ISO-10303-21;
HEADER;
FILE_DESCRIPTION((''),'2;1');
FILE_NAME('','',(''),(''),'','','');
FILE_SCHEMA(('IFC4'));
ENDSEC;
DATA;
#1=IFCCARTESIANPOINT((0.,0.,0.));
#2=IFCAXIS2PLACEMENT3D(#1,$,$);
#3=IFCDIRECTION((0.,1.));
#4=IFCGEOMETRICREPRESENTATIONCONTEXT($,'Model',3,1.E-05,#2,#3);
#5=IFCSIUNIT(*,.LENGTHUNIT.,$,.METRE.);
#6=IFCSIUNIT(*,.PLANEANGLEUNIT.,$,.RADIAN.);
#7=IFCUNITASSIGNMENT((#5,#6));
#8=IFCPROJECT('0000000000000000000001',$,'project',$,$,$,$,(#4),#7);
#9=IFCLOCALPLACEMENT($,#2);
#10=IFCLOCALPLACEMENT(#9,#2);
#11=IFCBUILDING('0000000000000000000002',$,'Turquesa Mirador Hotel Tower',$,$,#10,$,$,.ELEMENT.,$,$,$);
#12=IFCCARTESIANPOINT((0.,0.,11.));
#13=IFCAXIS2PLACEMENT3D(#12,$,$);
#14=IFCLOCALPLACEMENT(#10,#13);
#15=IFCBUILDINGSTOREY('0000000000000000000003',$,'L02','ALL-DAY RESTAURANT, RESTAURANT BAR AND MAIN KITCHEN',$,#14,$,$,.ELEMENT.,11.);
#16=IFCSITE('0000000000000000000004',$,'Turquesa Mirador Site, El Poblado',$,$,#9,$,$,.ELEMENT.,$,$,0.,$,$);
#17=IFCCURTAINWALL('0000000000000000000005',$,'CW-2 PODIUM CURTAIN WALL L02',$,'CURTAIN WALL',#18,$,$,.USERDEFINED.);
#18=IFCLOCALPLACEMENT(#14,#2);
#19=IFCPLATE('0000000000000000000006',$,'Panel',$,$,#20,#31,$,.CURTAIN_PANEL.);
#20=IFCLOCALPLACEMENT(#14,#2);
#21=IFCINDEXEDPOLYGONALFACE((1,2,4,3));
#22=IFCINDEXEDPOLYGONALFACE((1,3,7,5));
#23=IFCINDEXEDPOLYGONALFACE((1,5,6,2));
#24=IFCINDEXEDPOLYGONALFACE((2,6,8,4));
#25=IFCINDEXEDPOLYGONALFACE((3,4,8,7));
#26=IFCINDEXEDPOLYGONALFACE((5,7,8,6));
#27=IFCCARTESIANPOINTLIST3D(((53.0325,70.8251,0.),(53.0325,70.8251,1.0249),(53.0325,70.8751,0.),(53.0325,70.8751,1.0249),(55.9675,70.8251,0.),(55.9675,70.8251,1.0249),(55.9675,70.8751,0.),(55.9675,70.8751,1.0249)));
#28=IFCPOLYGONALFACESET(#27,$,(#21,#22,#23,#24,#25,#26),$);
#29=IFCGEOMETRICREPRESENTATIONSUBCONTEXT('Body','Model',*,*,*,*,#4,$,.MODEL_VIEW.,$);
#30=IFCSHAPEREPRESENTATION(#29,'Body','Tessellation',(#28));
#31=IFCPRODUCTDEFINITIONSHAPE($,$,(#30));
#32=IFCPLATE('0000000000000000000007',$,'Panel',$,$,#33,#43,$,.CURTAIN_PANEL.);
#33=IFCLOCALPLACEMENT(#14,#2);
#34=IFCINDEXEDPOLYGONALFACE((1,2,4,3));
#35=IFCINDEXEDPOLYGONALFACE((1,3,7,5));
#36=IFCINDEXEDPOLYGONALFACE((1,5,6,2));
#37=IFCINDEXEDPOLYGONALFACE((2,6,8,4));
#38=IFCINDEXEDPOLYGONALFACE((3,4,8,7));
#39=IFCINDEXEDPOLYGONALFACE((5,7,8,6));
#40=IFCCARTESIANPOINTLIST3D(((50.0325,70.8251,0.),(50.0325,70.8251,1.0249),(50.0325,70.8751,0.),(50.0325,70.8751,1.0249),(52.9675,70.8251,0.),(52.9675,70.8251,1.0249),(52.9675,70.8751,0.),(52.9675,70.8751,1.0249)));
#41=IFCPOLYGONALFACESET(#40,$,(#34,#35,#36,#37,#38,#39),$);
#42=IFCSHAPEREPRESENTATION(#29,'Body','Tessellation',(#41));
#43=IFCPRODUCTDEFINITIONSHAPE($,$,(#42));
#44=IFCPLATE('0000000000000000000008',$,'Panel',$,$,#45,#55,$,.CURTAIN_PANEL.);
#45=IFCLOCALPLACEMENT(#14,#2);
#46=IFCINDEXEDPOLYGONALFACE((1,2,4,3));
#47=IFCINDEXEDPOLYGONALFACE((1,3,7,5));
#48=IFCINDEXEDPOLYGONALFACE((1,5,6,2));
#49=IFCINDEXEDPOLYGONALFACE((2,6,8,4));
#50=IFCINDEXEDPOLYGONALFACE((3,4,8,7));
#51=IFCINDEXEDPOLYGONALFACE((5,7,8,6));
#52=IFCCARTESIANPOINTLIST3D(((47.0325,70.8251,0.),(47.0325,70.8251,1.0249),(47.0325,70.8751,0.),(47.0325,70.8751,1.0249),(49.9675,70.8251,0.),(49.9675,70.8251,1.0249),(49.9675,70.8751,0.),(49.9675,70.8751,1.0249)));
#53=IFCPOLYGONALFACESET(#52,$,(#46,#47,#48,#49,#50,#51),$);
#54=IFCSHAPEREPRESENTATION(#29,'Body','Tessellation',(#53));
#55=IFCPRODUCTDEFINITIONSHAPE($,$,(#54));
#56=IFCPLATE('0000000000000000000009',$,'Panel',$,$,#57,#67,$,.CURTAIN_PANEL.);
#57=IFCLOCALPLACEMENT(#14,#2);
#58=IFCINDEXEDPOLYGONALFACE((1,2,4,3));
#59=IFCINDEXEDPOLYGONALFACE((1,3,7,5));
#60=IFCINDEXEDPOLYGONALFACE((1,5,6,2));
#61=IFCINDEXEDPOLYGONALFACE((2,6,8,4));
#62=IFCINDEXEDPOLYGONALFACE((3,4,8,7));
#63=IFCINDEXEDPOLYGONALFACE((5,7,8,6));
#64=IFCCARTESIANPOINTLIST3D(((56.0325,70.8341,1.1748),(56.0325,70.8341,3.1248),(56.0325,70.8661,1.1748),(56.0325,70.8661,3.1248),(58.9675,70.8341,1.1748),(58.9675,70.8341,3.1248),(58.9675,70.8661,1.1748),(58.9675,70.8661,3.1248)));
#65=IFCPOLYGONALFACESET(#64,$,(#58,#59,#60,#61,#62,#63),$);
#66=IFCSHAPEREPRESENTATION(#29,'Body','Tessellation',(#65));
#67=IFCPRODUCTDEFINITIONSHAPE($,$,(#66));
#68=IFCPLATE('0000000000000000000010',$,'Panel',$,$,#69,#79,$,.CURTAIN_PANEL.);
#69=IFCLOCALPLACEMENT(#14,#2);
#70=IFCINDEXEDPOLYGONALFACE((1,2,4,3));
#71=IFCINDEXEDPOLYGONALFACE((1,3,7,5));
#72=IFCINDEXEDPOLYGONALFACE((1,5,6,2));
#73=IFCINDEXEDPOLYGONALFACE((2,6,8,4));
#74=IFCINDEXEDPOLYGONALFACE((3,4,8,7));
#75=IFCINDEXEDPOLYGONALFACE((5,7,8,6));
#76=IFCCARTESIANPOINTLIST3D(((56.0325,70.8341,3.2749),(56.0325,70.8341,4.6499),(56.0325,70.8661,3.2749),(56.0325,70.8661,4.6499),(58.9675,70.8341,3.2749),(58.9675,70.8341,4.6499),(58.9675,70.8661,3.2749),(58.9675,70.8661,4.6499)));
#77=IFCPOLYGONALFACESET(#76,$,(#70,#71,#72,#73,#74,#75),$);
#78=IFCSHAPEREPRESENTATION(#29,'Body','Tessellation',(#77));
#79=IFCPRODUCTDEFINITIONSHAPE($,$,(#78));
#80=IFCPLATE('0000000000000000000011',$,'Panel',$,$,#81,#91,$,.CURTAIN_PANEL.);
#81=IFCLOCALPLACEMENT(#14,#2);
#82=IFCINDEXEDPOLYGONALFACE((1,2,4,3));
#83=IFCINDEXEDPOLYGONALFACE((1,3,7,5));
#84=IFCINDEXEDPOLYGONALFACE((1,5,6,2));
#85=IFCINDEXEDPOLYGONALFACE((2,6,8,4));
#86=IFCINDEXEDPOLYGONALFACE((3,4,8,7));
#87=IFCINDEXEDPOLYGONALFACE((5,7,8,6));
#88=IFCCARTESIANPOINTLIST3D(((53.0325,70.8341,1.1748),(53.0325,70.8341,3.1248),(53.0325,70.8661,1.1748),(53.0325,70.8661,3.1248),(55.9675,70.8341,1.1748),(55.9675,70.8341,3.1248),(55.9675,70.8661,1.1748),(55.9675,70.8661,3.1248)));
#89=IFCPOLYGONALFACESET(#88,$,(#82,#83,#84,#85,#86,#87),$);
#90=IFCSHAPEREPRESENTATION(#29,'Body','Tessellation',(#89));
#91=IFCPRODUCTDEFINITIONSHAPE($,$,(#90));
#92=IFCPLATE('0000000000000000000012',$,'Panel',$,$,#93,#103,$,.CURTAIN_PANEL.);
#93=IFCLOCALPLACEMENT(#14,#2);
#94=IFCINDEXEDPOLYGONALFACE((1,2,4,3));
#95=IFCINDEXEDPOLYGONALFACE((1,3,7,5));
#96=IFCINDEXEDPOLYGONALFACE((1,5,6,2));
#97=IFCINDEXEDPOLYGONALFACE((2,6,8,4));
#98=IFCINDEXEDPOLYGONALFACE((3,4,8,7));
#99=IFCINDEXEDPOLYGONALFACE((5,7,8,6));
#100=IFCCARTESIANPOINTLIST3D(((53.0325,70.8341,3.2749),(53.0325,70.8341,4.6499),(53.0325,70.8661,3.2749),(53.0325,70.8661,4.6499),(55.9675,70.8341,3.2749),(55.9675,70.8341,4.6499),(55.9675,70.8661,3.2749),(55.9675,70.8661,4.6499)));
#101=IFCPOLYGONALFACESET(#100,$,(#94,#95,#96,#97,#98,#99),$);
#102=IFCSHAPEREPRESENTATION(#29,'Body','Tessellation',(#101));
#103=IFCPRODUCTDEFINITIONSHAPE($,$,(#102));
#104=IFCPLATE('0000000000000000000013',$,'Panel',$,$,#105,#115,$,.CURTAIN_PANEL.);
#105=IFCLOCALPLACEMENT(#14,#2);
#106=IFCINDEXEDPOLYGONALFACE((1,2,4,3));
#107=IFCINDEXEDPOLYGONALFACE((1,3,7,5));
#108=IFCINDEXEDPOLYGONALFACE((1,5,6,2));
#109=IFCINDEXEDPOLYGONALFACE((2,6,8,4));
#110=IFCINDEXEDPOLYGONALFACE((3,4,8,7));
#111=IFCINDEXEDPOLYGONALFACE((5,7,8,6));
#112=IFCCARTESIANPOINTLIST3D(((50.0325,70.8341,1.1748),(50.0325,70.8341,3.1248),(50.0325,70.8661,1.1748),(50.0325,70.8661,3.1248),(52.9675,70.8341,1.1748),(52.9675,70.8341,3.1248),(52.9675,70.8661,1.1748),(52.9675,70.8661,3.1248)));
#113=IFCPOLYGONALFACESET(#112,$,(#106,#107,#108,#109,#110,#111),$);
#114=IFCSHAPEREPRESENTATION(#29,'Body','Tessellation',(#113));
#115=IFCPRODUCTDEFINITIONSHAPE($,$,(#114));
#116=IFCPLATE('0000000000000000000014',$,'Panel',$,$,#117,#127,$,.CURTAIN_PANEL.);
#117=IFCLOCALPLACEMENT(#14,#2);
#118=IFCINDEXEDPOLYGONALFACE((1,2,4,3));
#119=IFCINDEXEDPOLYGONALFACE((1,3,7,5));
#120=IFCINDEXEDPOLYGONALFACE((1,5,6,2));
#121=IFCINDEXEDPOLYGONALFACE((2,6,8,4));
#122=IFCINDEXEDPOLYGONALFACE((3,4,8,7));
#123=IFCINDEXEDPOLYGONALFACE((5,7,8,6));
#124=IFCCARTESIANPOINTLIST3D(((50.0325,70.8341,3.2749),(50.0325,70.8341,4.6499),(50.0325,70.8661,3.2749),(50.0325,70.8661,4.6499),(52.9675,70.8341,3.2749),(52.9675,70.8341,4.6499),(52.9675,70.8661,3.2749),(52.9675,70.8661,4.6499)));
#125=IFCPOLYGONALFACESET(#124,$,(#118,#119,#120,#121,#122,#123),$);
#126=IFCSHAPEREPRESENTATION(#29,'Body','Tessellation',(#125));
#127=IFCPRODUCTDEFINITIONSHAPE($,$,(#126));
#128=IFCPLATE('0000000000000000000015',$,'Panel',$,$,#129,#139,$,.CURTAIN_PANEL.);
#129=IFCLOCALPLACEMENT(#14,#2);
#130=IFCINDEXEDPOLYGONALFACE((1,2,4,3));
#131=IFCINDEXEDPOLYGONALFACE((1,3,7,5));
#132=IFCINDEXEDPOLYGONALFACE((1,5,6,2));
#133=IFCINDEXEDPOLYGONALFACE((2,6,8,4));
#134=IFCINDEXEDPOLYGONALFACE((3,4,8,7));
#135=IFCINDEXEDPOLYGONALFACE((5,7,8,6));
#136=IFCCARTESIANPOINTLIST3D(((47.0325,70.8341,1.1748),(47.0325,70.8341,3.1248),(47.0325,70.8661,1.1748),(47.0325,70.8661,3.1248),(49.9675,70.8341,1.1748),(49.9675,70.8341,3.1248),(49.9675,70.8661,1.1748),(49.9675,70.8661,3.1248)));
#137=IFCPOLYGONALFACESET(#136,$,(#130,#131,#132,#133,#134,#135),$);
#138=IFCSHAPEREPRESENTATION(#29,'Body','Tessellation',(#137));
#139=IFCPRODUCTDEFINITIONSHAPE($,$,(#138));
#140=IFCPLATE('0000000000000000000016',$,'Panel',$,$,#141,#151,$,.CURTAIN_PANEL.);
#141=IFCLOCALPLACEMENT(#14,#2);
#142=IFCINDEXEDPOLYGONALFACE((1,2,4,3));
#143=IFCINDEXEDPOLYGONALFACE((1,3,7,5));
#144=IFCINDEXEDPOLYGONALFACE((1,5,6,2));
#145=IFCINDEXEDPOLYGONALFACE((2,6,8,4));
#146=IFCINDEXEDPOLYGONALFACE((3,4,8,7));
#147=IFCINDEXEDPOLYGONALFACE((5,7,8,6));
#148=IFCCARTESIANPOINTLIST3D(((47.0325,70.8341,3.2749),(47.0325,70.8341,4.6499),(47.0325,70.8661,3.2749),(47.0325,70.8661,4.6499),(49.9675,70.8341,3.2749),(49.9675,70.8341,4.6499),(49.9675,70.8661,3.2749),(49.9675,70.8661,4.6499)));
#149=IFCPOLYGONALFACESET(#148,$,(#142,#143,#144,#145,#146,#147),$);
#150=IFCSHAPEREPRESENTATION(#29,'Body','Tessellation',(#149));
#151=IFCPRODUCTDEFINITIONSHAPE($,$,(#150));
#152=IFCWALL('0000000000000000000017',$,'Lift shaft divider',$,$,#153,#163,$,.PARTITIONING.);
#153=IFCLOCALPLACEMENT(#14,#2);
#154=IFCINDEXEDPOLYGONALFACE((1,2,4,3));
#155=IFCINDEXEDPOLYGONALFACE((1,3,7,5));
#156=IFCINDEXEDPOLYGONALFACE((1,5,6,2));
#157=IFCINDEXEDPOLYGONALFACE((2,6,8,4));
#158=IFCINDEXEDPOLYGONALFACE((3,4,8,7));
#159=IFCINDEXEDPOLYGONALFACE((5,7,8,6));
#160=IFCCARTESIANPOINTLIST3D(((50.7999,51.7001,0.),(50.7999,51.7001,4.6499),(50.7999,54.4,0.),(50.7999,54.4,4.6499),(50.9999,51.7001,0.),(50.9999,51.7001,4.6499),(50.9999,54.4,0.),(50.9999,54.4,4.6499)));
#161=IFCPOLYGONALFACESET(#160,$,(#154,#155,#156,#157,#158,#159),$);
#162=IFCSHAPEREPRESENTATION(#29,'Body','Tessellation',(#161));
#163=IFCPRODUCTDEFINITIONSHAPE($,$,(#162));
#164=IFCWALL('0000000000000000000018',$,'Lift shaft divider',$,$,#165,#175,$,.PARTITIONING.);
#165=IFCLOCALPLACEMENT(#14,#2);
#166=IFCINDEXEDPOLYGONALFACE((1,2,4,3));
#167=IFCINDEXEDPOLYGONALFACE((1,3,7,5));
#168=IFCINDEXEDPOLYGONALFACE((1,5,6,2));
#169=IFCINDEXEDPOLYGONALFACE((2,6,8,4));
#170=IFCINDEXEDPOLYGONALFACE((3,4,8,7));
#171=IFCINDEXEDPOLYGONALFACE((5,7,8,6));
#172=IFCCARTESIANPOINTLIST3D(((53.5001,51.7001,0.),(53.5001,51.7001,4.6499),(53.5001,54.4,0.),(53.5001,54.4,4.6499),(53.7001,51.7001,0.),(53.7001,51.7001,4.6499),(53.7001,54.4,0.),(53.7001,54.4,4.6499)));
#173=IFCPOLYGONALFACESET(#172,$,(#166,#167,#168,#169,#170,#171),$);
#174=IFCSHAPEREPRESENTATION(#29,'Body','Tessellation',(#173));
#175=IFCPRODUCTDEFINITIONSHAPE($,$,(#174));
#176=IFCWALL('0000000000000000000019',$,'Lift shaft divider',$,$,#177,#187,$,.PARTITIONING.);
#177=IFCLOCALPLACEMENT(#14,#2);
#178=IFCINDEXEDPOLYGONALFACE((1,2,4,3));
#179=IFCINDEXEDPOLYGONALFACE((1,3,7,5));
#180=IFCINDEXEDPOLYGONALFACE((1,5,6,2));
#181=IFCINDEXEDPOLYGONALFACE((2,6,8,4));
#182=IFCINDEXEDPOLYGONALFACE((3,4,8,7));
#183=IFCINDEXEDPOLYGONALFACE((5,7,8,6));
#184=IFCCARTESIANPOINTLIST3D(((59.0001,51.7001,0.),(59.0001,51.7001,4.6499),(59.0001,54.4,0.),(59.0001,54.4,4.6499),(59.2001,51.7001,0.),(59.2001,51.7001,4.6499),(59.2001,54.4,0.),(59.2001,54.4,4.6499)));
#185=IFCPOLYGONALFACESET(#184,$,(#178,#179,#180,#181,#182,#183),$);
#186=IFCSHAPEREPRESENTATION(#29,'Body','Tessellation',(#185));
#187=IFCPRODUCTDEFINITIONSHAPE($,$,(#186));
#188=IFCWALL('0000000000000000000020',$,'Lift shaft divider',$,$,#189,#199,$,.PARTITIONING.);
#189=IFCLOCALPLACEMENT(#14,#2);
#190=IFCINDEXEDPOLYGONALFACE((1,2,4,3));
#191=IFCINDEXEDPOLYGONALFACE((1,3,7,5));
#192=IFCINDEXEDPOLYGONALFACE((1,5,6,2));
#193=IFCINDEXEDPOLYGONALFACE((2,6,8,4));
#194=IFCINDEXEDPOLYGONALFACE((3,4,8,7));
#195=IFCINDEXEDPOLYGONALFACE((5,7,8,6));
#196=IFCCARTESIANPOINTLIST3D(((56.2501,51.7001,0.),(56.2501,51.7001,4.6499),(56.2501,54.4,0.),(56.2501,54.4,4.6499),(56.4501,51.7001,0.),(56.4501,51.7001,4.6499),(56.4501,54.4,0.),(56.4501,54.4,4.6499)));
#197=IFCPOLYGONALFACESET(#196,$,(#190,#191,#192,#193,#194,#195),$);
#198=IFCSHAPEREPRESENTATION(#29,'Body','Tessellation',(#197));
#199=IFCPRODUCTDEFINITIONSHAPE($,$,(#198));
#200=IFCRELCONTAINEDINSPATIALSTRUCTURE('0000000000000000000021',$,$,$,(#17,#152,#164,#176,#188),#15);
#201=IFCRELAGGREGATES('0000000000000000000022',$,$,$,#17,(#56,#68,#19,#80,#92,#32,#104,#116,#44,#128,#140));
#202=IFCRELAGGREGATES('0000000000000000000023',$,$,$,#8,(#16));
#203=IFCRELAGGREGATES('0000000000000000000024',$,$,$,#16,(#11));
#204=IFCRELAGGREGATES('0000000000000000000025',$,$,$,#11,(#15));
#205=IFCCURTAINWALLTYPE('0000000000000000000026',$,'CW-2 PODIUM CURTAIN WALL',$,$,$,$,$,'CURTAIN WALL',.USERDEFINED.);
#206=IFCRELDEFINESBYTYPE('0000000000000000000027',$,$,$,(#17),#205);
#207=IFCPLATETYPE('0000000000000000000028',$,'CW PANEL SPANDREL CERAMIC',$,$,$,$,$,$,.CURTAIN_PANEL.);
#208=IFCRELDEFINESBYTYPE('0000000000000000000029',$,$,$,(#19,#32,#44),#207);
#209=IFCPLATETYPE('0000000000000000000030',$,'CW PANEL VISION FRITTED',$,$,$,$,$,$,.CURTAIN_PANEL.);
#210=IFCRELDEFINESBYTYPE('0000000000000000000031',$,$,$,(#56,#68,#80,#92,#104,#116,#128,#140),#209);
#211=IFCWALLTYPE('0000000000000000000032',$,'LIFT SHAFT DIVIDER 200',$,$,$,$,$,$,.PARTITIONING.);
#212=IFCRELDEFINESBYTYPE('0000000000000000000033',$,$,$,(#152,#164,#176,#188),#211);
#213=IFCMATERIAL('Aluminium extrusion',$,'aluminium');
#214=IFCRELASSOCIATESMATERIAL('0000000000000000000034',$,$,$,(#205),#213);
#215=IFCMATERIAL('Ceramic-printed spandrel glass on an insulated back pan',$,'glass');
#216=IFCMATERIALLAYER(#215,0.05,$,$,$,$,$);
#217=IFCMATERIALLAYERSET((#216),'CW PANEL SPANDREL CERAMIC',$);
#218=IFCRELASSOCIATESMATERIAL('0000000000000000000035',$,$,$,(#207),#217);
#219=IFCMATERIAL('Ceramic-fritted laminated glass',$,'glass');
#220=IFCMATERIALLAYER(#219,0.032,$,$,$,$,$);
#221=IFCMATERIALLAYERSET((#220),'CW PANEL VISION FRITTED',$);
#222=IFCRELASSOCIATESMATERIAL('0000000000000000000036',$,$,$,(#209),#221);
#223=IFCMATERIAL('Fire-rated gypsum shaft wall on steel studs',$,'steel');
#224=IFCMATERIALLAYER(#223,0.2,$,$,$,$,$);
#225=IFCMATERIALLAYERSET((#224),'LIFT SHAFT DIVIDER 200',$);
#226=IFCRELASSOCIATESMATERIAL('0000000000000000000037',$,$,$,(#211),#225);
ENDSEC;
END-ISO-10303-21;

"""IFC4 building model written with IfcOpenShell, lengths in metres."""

from ifc_helpers import new_model, si_unit, direction, frame, frame_2d, origin, origin_2d, place, context, subcontext, project, spatial, rectangle, extrude, material, layer, layer_set, type_object, element, aggregate, save


model = new_model("IFC4")

# Units and contexts
model_context = context("Model", 3, precision=1e-05, world=origin(), true_north=direction((0.0, 1.0)))
body_context = subcontext(model_context, "Body", "Model", "MODEL_VIEW")
ifc_project = project(units=[si_unit("LENGTHUNIT", "METRE"), si_unit("PLANEANGLEUNIT", "RADIAN")], contexts=[model_context])

# Site, building, storey
site_placement = place(None, origin())
site = spatial("IfcSite", under=ifc_project, at=site_placement, Name="Turquesa Mirador Site, El Poblado", CompositionType="ELEMENT", RefElevation=0.0)
building_placement = place(site_placement, origin())
building = spatial("IfcBuilding", under=site, at=building_placement, Name="Turquesa Mirador Hotel Tower", CompositionType="ELEMENT")
storey_placement = place(building_placement, frame((0.0, 0.0, 11.0)))
storey = spatial("IfcBuildingStorey", under=building, at=storey_placement, Name="L02", Description="ALL-DAY RESTAURANT, RESTAURANT BAR AND MAIN KITCHEN", CompositionType="ELEMENT", Elevation=11.0)

# Curtain wall, plates
ifc_material_1 = material(Name="Aluminium extrusion", Category="aluminium")
curtain_wall_type = type_object("IfcCurtainWallType", Name="CW-2 PODIUM CURTAIN WALL", ElementType="CURTAIN WALL", PredefinedType="USERDEFINED", material=ifc_material_1)
curtain_wall_placement = place(storey_placement, origin())
curtain_wall = element("IfcCurtainWall", 1, at=curtain_wall_placement, inside=storey, type_object=curtain_wall_type, Name="CW-2 PODIUM CURTAIN WALL L02", ObjectType="CURTAIN WALL", PredefinedType="USERDEFINED")
ifc_material_2 = material(Name="Ceramic-printed spandrel glass on an insulated back pan", Category="glass")
ifc_layer_1 = layer(ifc_material_2, 0.05)
ifc_layer_set_1 = layer_set([ifc_layer_1], Name="CW PANEL SPANDREL CERAMIC")
plate_type_1 = type_object("IfcPlateType", Name="CW PANEL SPANDREL CERAMIC", PredefinedType="CURTAIN_PANEL", material=ifc_layer_set_1)
plate_1_placement = place(storey_placement, frame((54.5, 70.8501, 0.0), z_axis=(0.0, 0.0, 1.0), x_axis=(-1.0, 0.0, 0.0)))
plate_1 = element("IfcPlate", 2, at=plate_1_placement, type_object=plate_type_1, Name="Panel", PredefinedType="CURTAIN_PANEL", context=body_context, shape_type="SweptSolid", body=[
    extrude(rectangle(XDim=2.9351, YDim=0.05, at=origin_2d()), origin(), (0.0, 0.0, 1.0), 1.0249),
])
plate_2_placement = place(storey_placement, frame((51.5, 70.8501, 0.0), z_axis=(0.0, 0.0, 1.0), x_axis=(-1.0, 0.0, 0.0)))
plate_2 = element("IfcPlate", 3, at=plate_2_placement, type_object=plate_type_1, Name="Panel", PredefinedType="CURTAIN_PANEL", context=body_context, shape_type="SweptSolid", body=[
    extrude(rectangle(XDim=2.9351, YDim=0.05, at=origin_2d()), origin(), (0.0, 0.0, 1.0), 1.0249),
])
plate_3_placement = place(storey_placement, frame((48.5, 70.8501, 0.0), z_axis=(0.0, 0.0, 1.0), x_axis=(-1.0, 0.0, 0.0)))
plate_3 = element("IfcPlate", 4, at=plate_3_placement, type_object=plate_type_1, Name="Panel", PredefinedType="CURTAIN_PANEL", context=body_context, shape_type="SweptSolid", body=[
    extrude(rectangle(XDim=2.9351, YDim=0.05, at=origin_2d()), origin(), (0.0, 0.0, 1.0), 1.0249),
])
ifc_material_3 = material(Name="Ceramic-fritted laminated glass", Category="glass")
ifc_layer_2 = layer(ifc_material_3, 0.032)
ifc_layer_set_2 = layer_set([ifc_layer_2], Name="CW PANEL VISION FRITTED")
plate_type_2 = type_object("IfcPlateType", Name="CW PANEL VISION FRITTED", PredefinedType="CURTAIN_PANEL", material=ifc_layer_set_2)
plate_4_placement = place(storey_placement, frame((57.5, 70.8501, 1.1748), z_axis=(0.0, 0.0, 1.0), x_axis=(-1.0, 0.0, 0.0)))
plate_4 = element("IfcPlate", 5, at=plate_4_placement, type_object=plate_type_2, Name="Panel", PredefinedType="CURTAIN_PANEL", context=body_context, shape_type="SweptSolid", body=[
    extrude(rectangle(XDim=2.9351, YDim=0.032, at=origin_2d()), origin(), (0.0, 0.0, 1.0), 1.95),
])
plate_5_placement = place(storey_placement, frame((57.5, 70.8501, 3.2749), z_axis=(0.0, 0.0, 1.0), x_axis=(-1.0, 0.0, 0.0)))
plate_5 = element("IfcPlate", 6, at=plate_5_placement, type_object=plate_type_2, Name="Panel", PredefinedType="CURTAIN_PANEL", context=body_context, shape_type="SweptSolid", body=[
    extrude(rectangle(XDim=2.9351, YDim=0.032, at=origin_2d()), origin(), (0.0, 0.0, 1.0), 1.375),
])
plate_6_placement = place(storey_placement, frame((54.5, 70.8501, 1.1748), z_axis=(0.0, 0.0, 1.0), x_axis=(-1.0, 0.0, 0.0)))
plate_6 = element("IfcPlate", 7, at=plate_6_placement, type_object=plate_type_2, Name="Panel", PredefinedType="CURTAIN_PANEL", context=body_context, shape_type="SweptSolid", body=[
    extrude(rectangle(XDim=2.9351, YDim=0.032, at=origin_2d()), origin(), (0.0, 0.0, 1.0), 1.95),
])
plate_7_placement = place(storey_placement, frame((54.5, 70.8501, 3.2749), z_axis=(0.0, 0.0, 1.0), x_axis=(-1.0, 0.0, 0.0)))
plate_7 = element("IfcPlate", 8, at=plate_7_placement, type_object=plate_type_2, Name="Panel", PredefinedType="CURTAIN_PANEL", context=body_context, shape_type="SweptSolid", body=[
    extrude(rectangle(XDim=2.9351, YDim=0.032, at=origin_2d()), origin(), (0.0, 0.0, 1.0), 1.375),
])
plate_8_placement = place(storey_placement, frame((51.5, 70.8501, 1.1748), z_axis=(0.0, 0.0, 1.0), x_axis=(-1.0, 0.0, 0.0)))
plate_8 = element("IfcPlate", 9, at=plate_8_placement, type_object=plate_type_2, Name="Panel", PredefinedType="CURTAIN_PANEL", context=body_context, shape_type="SweptSolid", body=[
    extrude(rectangle(XDim=2.9351, YDim=0.032, at=origin_2d()), origin(), (0.0, 0.0, 1.0), 1.95),
])
plate_9_placement = place(storey_placement, frame((51.5, 70.8501, 3.2749), z_axis=(0.0, 0.0, 1.0), x_axis=(-1.0, 0.0, 0.0)))
plate_9 = element("IfcPlate", 10, at=plate_9_placement, type_object=plate_type_2, Name="Panel", PredefinedType="CURTAIN_PANEL", context=body_context, shape_type="SweptSolid", body=[
    extrude(rectangle(XDim=2.9351, YDim=0.032, at=origin_2d()), origin(), (0.0, 0.0, 1.0), 1.375),
])
plate_10_placement = place(storey_placement, frame((48.5, 70.8501, 1.1748), z_axis=(0.0, 0.0, 1.0), x_axis=(-1.0, 0.0, 0.0)))
plate_10 = element("IfcPlate", 11, at=plate_10_placement, type_object=plate_type_2, Name="Panel", PredefinedType="CURTAIN_PANEL", context=body_context, shape_type="SweptSolid", body=[
    extrude(rectangle(XDim=2.9351, YDim=0.032, at=origin_2d()), origin(), (0.0, 0.0, 1.0), 1.95),
])
plate_11_placement = place(storey_placement, frame((48.5, 70.8501, 3.2749), z_axis=(0.0, 0.0, 1.0), x_axis=(-1.0, 0.0, 0.0)))
plate_11 = element("IfcPlate", 12, at=plate_11_placement, type_object=plate_type_2, Name="Panel", PredefinedType="CURTAIN_PANEL", context=body_context, shape_type="SweptSolid", body=[
    extrude(rectangle(XDim=2.9351, YDim=0.032, at=origin_2d()), origin(), (0.0, 0.0, 1.0), 1.375),
])
aggregate(curtain_wall, [plate_4, plate_5, plate_1, plate_6, plate_7, plate_2, plate_8, plate_9, plate_3, plate_10, plate_11])

# Walls
ifc_material_4 = material(Name="Fire-rated gypsum shaft wall on steel studs", Category="steel")
ifc_layer_3 = layer(ifc_material_4, 0.2)
ifc_layer_set_3 = layer_set([ifc_layer_3], Name="LIFT SHAFT DIVIDER 200")
wall_type_1 = type_object("IfcWallType", Name="LIFT SHAFT DIVIDER 200", PredefinedType="PARTITIONING", material=ifc_layer_set_3)
for number, where, z_axis, x_axis, name in (
    (13, (50.8999, 51.7, 0.0), (0.0, 0.0, 1.0), (0.0, 1.0, 0.0), "Lift shaft divider"),
    (14, (53.6001, 51.7, 0.0), (0.0, 0.0, 1.0), (0.0, 1.0, 0.0), "Lift shaft divider"),
    (15, (59.1001, 51.7, 0.0), (0.0, 0.0, 1.0), (0.0, 1.0, 0.0), "Lift shaft divider"),
    (16, (56.3501, 51.7, 0.0), (0.0, 0.0, 1.0), (0.0, 1.0, 0.0), "Lift shaft divider"),
):
    element("IfcWall", number, at=place(storey_placement, frame(where, z_axis=z_axis, x_axis=x_axis)), inside=storey, type_object=wall_type_1, Name=name, PredefinedType="PARTITIONING", context=body_context, shape_type="SweptSolid", body=[
        extrude(rectangle(XDim=2.7, YDim=0.2, at=frame_2d((1.3501, 0.0))), origin(), (0.0, 0.0, 1.0), 4.6499),
    ])

save(model, "model.ifc")
